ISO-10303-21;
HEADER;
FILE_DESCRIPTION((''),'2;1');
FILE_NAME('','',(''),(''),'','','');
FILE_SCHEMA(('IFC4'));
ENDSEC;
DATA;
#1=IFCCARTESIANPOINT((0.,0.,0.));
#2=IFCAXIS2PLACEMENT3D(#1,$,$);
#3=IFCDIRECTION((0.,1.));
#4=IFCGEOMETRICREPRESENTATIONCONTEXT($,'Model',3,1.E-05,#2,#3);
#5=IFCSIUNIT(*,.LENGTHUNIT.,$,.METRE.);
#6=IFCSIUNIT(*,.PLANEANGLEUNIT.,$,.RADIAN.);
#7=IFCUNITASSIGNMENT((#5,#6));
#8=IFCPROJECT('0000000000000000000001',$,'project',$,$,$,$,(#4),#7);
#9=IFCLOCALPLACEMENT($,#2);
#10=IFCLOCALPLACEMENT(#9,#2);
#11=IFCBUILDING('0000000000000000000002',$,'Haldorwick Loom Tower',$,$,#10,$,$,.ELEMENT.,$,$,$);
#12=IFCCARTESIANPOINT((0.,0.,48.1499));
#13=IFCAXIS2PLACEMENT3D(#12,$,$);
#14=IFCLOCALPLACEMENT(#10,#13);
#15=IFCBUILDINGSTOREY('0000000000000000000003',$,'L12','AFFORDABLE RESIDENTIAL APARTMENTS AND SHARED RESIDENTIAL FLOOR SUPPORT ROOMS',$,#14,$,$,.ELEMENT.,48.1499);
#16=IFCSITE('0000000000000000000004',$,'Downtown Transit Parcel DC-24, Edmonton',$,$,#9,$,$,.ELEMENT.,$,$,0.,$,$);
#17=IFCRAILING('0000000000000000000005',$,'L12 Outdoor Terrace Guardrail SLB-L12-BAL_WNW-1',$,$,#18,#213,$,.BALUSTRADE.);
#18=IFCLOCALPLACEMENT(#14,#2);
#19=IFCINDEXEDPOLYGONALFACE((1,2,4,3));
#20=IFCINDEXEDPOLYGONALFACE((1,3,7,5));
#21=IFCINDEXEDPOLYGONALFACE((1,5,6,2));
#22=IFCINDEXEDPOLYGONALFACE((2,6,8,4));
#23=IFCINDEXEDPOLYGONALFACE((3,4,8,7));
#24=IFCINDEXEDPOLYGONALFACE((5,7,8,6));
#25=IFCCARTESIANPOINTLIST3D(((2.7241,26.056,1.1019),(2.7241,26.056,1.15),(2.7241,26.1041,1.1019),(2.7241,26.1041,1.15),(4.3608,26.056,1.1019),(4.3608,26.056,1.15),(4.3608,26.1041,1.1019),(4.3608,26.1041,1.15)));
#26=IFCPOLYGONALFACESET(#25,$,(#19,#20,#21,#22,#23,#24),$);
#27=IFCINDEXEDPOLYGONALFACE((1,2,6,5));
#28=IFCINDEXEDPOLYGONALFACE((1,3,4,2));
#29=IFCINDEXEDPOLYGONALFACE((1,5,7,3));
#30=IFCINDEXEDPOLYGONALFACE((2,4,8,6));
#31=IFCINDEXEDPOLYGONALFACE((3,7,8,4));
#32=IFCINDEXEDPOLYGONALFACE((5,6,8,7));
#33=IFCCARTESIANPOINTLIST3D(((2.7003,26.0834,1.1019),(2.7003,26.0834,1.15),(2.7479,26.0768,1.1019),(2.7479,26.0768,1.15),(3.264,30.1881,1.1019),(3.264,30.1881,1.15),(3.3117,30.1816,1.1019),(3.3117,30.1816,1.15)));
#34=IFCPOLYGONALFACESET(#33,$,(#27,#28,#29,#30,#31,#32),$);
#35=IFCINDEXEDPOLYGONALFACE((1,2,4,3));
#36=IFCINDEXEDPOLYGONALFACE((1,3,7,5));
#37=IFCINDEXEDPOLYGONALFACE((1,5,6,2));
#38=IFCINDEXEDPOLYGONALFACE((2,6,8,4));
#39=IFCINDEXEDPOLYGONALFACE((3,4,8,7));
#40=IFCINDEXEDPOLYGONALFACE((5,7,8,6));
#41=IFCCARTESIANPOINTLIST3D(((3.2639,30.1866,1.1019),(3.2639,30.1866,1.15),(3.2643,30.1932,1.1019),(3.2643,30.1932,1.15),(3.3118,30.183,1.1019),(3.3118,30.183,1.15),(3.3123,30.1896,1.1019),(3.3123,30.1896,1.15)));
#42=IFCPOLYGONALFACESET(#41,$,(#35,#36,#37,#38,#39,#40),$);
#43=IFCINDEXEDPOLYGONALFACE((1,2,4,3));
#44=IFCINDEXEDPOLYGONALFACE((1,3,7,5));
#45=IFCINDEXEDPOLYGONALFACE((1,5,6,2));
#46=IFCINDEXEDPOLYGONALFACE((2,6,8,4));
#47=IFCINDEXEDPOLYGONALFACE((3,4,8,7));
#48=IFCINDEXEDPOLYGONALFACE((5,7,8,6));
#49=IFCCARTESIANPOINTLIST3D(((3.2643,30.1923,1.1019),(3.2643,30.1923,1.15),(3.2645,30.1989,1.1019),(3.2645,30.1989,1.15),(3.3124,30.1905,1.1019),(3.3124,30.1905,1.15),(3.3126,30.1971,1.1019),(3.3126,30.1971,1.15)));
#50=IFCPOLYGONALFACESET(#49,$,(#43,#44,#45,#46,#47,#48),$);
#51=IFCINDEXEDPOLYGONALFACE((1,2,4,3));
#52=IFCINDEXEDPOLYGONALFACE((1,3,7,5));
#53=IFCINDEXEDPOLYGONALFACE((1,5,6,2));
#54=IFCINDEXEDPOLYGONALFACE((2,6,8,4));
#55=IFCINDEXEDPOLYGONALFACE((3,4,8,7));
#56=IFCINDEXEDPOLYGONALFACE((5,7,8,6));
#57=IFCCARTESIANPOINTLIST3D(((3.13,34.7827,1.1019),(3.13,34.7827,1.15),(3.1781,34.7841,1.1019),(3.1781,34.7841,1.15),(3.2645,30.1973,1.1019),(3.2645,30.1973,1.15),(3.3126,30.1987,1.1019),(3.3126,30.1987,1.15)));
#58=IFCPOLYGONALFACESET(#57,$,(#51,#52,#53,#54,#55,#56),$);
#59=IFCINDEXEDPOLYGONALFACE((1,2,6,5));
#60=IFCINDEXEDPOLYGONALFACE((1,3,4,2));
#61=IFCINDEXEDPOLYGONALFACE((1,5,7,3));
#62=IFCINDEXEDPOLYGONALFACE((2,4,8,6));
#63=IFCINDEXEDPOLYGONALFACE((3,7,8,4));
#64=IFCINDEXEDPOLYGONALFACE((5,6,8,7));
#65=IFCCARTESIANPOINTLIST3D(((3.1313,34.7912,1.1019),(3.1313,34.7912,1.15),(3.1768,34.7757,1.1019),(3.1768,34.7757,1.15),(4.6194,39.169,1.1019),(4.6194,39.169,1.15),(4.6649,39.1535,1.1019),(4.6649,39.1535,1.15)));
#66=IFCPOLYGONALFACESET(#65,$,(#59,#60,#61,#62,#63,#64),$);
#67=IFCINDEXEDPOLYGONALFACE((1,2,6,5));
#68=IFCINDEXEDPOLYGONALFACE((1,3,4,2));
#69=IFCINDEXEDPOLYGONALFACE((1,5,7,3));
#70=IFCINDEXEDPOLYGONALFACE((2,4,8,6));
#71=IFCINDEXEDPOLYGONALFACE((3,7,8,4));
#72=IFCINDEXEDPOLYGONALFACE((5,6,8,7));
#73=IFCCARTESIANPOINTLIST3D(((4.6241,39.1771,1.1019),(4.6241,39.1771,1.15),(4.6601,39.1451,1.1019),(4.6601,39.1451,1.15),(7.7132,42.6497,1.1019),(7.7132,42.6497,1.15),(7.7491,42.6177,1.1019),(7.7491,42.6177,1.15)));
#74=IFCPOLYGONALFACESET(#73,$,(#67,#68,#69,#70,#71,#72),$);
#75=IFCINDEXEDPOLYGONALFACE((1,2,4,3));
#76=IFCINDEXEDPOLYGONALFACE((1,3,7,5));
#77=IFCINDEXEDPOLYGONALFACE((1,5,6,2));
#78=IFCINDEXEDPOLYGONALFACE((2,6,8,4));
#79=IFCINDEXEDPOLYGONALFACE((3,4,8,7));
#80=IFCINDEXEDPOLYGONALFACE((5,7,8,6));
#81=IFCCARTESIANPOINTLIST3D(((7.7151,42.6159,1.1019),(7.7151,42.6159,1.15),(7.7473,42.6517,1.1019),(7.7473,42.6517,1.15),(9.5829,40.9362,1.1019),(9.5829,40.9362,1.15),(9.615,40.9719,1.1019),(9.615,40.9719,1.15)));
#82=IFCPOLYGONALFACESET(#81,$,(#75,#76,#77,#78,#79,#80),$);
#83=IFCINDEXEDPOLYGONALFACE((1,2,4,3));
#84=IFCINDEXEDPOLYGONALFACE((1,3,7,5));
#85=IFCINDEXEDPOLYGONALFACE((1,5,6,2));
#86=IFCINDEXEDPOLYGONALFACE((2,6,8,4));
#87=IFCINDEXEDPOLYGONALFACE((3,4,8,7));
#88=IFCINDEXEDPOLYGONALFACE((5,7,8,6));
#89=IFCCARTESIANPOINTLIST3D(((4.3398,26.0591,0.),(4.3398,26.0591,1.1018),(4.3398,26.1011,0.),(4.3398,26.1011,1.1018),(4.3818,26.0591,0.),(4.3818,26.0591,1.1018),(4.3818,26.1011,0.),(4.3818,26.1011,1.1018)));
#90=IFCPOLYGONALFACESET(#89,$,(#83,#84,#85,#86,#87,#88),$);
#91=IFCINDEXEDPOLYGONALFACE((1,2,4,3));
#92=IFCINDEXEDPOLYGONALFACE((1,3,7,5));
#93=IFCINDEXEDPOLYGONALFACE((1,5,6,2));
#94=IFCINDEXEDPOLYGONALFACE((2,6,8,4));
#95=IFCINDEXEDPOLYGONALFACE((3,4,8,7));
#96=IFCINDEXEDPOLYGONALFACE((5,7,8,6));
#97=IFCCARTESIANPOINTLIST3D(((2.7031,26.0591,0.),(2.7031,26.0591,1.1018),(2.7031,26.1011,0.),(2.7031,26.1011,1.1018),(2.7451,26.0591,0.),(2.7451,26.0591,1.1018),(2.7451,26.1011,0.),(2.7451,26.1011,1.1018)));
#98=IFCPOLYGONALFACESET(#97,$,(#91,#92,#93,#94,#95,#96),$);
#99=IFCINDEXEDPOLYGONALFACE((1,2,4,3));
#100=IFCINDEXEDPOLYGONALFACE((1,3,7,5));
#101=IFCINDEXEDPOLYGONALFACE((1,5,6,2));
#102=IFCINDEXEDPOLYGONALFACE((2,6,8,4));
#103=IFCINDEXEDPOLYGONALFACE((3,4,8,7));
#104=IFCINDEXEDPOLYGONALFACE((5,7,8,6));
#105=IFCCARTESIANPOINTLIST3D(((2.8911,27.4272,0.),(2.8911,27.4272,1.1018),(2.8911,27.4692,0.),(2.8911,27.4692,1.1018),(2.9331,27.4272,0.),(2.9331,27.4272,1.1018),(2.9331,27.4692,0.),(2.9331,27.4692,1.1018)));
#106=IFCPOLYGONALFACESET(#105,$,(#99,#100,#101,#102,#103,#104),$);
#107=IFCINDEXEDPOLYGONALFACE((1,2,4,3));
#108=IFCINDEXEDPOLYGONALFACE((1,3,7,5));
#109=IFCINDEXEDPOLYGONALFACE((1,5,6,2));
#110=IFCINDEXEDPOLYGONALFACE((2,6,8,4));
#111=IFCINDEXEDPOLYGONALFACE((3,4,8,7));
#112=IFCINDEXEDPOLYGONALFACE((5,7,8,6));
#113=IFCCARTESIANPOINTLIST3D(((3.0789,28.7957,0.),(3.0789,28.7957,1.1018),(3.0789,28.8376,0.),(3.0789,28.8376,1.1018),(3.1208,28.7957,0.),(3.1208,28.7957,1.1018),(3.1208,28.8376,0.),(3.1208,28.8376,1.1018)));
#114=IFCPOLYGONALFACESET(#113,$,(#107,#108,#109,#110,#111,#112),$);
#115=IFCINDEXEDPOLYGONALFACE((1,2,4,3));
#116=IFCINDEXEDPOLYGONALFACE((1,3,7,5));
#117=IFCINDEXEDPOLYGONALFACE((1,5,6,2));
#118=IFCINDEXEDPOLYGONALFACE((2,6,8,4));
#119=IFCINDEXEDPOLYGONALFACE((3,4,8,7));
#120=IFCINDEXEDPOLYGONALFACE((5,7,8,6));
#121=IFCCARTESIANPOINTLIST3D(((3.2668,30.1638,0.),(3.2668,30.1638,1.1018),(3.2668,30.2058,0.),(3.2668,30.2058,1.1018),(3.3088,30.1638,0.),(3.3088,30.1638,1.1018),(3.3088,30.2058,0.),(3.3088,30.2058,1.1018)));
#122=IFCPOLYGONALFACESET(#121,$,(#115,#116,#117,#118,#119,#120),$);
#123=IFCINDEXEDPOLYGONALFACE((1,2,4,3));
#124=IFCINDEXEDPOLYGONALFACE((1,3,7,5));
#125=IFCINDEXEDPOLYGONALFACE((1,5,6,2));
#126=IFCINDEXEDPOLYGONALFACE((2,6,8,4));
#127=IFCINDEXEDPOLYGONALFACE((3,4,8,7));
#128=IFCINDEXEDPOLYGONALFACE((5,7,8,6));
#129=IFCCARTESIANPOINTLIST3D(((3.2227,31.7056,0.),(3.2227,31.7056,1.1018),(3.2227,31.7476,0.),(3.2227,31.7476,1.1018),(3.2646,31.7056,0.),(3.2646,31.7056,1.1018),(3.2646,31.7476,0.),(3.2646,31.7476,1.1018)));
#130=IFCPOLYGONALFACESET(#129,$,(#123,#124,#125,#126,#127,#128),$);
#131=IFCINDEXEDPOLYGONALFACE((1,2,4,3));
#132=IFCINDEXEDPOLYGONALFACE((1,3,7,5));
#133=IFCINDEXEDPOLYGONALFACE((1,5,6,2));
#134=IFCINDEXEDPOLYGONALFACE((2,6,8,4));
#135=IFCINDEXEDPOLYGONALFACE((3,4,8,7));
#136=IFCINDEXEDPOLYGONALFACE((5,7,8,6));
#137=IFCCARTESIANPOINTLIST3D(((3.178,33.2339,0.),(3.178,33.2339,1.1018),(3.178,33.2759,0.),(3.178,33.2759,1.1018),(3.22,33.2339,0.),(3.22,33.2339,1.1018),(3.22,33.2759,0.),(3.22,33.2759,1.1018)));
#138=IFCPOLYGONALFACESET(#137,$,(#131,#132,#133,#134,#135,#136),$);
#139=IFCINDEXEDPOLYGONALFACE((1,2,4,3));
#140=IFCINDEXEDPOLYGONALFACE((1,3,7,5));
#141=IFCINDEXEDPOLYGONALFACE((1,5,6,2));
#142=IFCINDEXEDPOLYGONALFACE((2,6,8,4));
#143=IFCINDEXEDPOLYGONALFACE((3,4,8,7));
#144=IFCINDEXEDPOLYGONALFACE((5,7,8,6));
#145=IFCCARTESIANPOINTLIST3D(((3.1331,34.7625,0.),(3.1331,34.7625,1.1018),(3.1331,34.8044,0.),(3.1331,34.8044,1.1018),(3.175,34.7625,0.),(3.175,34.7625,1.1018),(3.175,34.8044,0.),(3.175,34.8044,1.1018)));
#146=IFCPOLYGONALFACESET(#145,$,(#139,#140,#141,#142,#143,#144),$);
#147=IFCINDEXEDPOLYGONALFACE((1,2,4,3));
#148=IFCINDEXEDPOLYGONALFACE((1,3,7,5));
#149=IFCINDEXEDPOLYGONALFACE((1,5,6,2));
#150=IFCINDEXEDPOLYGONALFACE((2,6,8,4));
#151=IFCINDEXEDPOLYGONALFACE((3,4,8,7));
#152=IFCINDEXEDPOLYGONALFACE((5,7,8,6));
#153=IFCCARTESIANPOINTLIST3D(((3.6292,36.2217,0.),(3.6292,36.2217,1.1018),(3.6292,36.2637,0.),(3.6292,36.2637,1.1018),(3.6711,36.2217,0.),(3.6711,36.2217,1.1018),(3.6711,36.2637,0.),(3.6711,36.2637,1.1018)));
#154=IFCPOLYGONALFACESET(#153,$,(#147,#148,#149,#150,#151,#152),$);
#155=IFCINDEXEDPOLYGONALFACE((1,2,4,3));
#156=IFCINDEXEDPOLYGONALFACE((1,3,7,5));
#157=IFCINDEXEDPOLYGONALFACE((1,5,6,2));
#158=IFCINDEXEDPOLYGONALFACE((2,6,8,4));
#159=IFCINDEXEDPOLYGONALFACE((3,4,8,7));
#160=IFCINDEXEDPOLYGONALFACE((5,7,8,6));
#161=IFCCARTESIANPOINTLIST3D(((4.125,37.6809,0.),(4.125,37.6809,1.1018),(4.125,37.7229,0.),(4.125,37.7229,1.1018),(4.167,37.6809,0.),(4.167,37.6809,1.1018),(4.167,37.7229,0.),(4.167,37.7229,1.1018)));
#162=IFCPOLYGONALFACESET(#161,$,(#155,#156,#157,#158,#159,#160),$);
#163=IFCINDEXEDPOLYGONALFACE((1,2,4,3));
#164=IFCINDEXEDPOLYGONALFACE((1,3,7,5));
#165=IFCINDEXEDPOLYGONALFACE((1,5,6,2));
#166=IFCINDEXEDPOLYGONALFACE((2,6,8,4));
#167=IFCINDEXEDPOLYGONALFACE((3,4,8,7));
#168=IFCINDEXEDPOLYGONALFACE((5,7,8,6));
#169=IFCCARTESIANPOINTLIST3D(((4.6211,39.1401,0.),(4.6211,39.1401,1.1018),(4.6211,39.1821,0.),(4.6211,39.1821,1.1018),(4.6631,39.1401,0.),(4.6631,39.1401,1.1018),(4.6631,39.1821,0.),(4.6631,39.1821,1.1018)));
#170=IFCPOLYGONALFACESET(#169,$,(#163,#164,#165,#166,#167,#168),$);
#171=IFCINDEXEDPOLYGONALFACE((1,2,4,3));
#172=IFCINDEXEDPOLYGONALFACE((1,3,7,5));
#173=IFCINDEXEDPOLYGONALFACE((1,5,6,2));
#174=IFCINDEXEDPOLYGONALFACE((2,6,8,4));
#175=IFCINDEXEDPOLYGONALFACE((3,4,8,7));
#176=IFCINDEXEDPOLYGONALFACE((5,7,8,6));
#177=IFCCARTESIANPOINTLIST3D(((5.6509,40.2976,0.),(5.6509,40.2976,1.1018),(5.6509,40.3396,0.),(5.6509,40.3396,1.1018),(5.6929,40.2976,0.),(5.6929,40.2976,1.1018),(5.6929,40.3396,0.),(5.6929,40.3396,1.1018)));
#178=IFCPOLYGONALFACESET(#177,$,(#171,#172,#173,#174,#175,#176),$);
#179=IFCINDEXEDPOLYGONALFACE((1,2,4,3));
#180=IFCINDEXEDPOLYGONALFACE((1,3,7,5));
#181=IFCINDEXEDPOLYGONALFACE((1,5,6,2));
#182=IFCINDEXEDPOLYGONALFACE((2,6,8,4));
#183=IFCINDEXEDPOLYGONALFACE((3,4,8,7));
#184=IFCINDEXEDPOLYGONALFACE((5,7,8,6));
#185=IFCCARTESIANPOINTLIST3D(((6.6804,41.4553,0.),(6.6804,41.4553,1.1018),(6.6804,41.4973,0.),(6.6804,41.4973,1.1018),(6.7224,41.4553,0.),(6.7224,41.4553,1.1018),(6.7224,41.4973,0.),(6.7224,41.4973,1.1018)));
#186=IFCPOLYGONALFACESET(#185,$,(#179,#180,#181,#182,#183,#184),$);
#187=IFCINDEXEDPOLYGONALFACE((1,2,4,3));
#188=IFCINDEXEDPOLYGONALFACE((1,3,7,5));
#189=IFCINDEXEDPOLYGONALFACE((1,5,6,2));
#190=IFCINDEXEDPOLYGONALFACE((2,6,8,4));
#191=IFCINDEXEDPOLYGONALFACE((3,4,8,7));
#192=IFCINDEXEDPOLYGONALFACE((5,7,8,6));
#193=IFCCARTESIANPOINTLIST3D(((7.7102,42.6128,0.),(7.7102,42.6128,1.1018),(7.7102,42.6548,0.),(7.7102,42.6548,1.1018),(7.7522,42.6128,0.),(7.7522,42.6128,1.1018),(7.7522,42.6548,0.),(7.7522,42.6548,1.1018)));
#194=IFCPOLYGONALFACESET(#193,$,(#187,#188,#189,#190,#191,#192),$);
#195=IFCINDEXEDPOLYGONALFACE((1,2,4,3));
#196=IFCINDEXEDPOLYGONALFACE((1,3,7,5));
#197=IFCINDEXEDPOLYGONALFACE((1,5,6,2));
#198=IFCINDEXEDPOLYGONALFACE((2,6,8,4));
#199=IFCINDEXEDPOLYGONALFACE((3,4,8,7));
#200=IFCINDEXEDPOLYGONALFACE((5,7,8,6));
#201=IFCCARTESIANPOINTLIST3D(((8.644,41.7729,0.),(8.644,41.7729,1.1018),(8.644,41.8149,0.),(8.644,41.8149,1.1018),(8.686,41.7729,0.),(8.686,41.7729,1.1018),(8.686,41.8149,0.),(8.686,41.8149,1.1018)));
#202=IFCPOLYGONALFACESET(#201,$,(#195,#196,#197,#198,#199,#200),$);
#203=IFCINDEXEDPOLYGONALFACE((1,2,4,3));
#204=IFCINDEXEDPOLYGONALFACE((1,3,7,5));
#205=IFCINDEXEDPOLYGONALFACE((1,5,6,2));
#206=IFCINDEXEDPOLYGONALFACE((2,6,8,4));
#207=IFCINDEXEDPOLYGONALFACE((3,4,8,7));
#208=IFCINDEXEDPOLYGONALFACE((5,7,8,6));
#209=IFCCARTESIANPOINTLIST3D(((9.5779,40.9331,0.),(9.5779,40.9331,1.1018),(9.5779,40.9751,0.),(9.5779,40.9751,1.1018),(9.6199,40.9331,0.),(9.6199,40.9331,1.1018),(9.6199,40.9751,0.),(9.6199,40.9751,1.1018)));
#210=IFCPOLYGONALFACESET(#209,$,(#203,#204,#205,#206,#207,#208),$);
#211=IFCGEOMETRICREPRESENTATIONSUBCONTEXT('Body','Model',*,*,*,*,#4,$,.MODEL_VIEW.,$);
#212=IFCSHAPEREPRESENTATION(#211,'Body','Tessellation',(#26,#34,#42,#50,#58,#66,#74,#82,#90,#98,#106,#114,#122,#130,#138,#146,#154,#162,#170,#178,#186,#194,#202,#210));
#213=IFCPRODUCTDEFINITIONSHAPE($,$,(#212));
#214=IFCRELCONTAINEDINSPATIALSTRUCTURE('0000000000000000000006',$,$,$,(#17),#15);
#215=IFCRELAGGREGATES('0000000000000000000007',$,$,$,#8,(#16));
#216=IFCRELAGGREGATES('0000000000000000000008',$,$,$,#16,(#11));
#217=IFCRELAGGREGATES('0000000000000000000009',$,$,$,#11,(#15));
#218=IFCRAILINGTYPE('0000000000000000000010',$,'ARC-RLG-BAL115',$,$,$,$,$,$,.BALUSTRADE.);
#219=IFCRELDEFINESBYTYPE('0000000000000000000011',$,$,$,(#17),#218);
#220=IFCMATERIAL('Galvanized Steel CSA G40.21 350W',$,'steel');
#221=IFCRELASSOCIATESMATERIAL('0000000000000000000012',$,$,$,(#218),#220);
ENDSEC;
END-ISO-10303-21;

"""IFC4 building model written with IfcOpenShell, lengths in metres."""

from ifc_helpers import new_model, si_unit, direction, frame, origin, origin_2d, place, context, subcontext, project, spatial, rectangle, extrude, material, type_object, element, save


model = new_model("IFC4")

# Units and contexts
model_context = context("Model", 3, precision=1e-05, world=origin(), true_north=direction((0.0, 1.0)))
body_context = subcontext(model_context, "Body", "Model", "MODEL_VIEW")
ifc_project = project(units=[si_unit("LENGTHUNIT", "METRE"), si_unit("PLANEANGLEUNIT", "RADIAN")], contexts=[model_context])

# Site, building, storey
site_placement = place(None, origin())
site = spatial("IfcSite", under=ifc_project, at=site_placement, Name="Downtown Transit Parcel DC-24, Edmonton", CompositionType="ELEMENT", RefElevation=0.0)
building_placement = place(site_placement, origin())
building = spatial("IfcBuilding", under=site, at=building_placement, Name="Haldorwick Loom Tower", CompositionType="ELEMENT")
storey_placement = place(building_placement, frame((0.0, 0.0, 48.1499)))
storey = spatial("IfcBuildingStorey", under=building, at=storey_placement, Name="L12", Description="AFFORDABLE RESIDENTIAL APARTMENTS AND SHARED RESIDENTIAL FLOOR SUPPORT ROOMS", CompositionType="ELEMENT", Elevation=48.1499)

# Railing
ifc_material_1 = material(Name="Galvanized Steel CSA G40.21 350W", Category="steel")
railing_type = type_object("IfcRailingType", Name="ARC-RLG-BAL115", PredefinedType="BALUSTRADE", material=ifc_material_1)
railing_placement = place(storey_placement, frame((4.3608, 26.0801, 0.0)))
element("IfcRailing", 1, at=railing_placement, inside=storey, type_object=railing_type, Name="L12 Outdoor Terrace Guardrail SLB-L12-BAL_WNW-1", PredefinedType="BALUSTRADE", context=body_context, shape_type="SweptSolid", body=[
    extrude(rectangle(XDim=0.0481, YDim=0.0481, at=origin_2d()), frame((0.0, 0.0, 1.126), z_axis=(-1.0, 0.0, 0.0), x_axis=(0.0, -1.0, 0.0)), (0.0, 0.0, 1.0), 1.6367),
    extrude(rectangle(XDim=0.0481, YDim=0.0481, at=origin_2d()), frame((-1.6367, 0.0, 1.126), z_axis=(0.136057, 0.990701, 0.0), x_axis=(-0.990701, 0.136057, 0.0)), (0.0, 0.0, 1.0), 4.1433),
    extrude(rectangle(XDim=0.0481, YDim=0.0481, at=origin_2d()), frame((-1.073, 4.1047, 1.126), z_axis=(0.073872, 0.997268, 0.0), x_axis=(-0.997268, 0.073872, 0.0)), (0.0, 0.0, 1.0), 0.0066),
    extrude(rectangle(XDim=0.0481, YDim=0.0481, at=origin_2d()), frame((-1.0725, 4.1113, 1.126), z_axis=(0.037012, 0.999315, 0.0), x_axis=(-0.999315, 0.037012, 0.0)), (0.0, 0.0, 1.0), 0.0066),
    extrude(rectangle(XDim=0.0481, YDim=0.0481, at=origin_2d()), frame((-1.0723, 4.1179, 1.126), z_axis=(-0.029324, 0.99957, 0.0), x_axis=(-0.99957, -0.029324, 0.0)), (0.0, 0.0, 1.0), 4.5874),
    extrude(rectangle(XDim=0.0481, YDim=0.0481, at=origin_2d()), frame((-1.2068, 8.7034, 1.126), z_axis=(0.32183, 0.946798, 0.0), x_axis=(-0.946798, 0.32183, 0.0)), (0.0, 0.0, 1.0), 4.6238),
    extrude(rectangle(XDim=0.0481, YDim=0.0481, at=origin_2d()), frame((0.2812, 13.0811, 1.126), z_axis=(0.664641, 0.747163, 0.0), x_axis=(-0.747163, 0.664641, 0.0)), (0.0, 0.0, 1.0), 4.6477),
    extrude(rectangle(XDim=0.0481, YDim=0.0481, at=origin_2d()), frame((3.3704, 16.5537, 1.126), z_axis=(0.743536, -0.668696, 0.0), x_axis=(0.668696, 0.743536, 0.0)), (0.0, 0.0, 1.0), 2.512),
    extrude(rectangle(XDim=0.042, YDim=0.042, at=origin_2d()), origin(), (0.0, 0.0, 1.0), 1.1018),
    extrude(rectangle(XDim=0.042, YDim=0.042, at=origin_2d()), frame((-1.6367, 0.0, 0.0)), (0.0, 0.0, 1.0), 1.1018),
    extrude(rectangle(XDim=0.042, YDim=0.042, at=origin_2d()), frame((-1.4487, 1.3682, 0.0)), (0.0, 0.0, 1.0), 1.1018),
    extrude(rectangle(XDim=0.042, YDim=0.042, at=origin_2d()), frame((-1.261, 2.7366, 0.0)), (0.0, 0.0, 1.0), 1.1018),
    extrude(rectangle(XDim=0.042, YDim=0.042, at=origin_2d()), frame((-1.073, 4.1047, 0.0)), (0.0, 0.0, 1.0), 1.1018),
    extrude(rectangle(XDim=0.042, YDim=0.042, at=origin_2d()), frame((-1.1172, 5.6465, 0.0)), (0.0, 0.0, 1.0), 1.1018),
    extrude(rectangle(XDim=0.042, YDim=0.042, at=origin_2d()), frame((-1.1619, 7.1748, 0.0)), (0.0, 0.0, 1.0), 1.1018),
    extrude(rectangle(XDim=0.042, YDim=0.042, at=origin_2d()), frame((-1.2068, 8.7034, 0.0)), (0.0, 0.0, 1.0), 1.1018),
    extrude(rectangle(XDim=0.042, YDim=0.042, at=origin_2d()), frame((-0.7107, 10.1626, 0.0)), (0.0, 0.0, 1.0), 1.1018),
    extrude(rectangle(XDim=0.042, YDim=0.042, at=origin_2d()), frame((-0.2148, 11.6218, 0.0)), (0.0, 0.0, 1.0), 1.1018),
    extrude(rectangle(XDim=0.042, YDim=0.042, at=origin_2d()), frame((0.2812, 13.0811, 0.0)), (0.0, 0.0, 1.0), 1.1018),
    extrude(rectangle(XDim=0.042, YDim=0.042, at=origin_2d()), frame((1.311, 14.2385, 0.0)), (0.0, 0.0, 1.0), 1.1018),
    extrude(rectangle(XDim=0.042, YDim=0.042, at=origin_2d()), frame((2.3406, 15.3962, 0.0)), (0.0, 0.0, 1.0), 1.1018),
    extrude(rectangle(XDim=0.042, YDim=0.042, at=origin_2d()), frame((3.3704, 16.5537, 0.0)), (0.0, 0.0, 1.0), 1.1018),
    extrude(rectangle(XDim=0.042, YDim=0.042, at=origin_2d()), frame((4.3042, 15.7139, 0.0)), (0.0, 0.0, 1.0), 1.1018),
    extrude(rectangle(XDim=0.042, YDim=0.042, at=origin_2d()), frame((5.238, 14.874, 0.0)), (0.0, 0.0, 1.0), 1.1018),
])

save(model, "model.ifc")
